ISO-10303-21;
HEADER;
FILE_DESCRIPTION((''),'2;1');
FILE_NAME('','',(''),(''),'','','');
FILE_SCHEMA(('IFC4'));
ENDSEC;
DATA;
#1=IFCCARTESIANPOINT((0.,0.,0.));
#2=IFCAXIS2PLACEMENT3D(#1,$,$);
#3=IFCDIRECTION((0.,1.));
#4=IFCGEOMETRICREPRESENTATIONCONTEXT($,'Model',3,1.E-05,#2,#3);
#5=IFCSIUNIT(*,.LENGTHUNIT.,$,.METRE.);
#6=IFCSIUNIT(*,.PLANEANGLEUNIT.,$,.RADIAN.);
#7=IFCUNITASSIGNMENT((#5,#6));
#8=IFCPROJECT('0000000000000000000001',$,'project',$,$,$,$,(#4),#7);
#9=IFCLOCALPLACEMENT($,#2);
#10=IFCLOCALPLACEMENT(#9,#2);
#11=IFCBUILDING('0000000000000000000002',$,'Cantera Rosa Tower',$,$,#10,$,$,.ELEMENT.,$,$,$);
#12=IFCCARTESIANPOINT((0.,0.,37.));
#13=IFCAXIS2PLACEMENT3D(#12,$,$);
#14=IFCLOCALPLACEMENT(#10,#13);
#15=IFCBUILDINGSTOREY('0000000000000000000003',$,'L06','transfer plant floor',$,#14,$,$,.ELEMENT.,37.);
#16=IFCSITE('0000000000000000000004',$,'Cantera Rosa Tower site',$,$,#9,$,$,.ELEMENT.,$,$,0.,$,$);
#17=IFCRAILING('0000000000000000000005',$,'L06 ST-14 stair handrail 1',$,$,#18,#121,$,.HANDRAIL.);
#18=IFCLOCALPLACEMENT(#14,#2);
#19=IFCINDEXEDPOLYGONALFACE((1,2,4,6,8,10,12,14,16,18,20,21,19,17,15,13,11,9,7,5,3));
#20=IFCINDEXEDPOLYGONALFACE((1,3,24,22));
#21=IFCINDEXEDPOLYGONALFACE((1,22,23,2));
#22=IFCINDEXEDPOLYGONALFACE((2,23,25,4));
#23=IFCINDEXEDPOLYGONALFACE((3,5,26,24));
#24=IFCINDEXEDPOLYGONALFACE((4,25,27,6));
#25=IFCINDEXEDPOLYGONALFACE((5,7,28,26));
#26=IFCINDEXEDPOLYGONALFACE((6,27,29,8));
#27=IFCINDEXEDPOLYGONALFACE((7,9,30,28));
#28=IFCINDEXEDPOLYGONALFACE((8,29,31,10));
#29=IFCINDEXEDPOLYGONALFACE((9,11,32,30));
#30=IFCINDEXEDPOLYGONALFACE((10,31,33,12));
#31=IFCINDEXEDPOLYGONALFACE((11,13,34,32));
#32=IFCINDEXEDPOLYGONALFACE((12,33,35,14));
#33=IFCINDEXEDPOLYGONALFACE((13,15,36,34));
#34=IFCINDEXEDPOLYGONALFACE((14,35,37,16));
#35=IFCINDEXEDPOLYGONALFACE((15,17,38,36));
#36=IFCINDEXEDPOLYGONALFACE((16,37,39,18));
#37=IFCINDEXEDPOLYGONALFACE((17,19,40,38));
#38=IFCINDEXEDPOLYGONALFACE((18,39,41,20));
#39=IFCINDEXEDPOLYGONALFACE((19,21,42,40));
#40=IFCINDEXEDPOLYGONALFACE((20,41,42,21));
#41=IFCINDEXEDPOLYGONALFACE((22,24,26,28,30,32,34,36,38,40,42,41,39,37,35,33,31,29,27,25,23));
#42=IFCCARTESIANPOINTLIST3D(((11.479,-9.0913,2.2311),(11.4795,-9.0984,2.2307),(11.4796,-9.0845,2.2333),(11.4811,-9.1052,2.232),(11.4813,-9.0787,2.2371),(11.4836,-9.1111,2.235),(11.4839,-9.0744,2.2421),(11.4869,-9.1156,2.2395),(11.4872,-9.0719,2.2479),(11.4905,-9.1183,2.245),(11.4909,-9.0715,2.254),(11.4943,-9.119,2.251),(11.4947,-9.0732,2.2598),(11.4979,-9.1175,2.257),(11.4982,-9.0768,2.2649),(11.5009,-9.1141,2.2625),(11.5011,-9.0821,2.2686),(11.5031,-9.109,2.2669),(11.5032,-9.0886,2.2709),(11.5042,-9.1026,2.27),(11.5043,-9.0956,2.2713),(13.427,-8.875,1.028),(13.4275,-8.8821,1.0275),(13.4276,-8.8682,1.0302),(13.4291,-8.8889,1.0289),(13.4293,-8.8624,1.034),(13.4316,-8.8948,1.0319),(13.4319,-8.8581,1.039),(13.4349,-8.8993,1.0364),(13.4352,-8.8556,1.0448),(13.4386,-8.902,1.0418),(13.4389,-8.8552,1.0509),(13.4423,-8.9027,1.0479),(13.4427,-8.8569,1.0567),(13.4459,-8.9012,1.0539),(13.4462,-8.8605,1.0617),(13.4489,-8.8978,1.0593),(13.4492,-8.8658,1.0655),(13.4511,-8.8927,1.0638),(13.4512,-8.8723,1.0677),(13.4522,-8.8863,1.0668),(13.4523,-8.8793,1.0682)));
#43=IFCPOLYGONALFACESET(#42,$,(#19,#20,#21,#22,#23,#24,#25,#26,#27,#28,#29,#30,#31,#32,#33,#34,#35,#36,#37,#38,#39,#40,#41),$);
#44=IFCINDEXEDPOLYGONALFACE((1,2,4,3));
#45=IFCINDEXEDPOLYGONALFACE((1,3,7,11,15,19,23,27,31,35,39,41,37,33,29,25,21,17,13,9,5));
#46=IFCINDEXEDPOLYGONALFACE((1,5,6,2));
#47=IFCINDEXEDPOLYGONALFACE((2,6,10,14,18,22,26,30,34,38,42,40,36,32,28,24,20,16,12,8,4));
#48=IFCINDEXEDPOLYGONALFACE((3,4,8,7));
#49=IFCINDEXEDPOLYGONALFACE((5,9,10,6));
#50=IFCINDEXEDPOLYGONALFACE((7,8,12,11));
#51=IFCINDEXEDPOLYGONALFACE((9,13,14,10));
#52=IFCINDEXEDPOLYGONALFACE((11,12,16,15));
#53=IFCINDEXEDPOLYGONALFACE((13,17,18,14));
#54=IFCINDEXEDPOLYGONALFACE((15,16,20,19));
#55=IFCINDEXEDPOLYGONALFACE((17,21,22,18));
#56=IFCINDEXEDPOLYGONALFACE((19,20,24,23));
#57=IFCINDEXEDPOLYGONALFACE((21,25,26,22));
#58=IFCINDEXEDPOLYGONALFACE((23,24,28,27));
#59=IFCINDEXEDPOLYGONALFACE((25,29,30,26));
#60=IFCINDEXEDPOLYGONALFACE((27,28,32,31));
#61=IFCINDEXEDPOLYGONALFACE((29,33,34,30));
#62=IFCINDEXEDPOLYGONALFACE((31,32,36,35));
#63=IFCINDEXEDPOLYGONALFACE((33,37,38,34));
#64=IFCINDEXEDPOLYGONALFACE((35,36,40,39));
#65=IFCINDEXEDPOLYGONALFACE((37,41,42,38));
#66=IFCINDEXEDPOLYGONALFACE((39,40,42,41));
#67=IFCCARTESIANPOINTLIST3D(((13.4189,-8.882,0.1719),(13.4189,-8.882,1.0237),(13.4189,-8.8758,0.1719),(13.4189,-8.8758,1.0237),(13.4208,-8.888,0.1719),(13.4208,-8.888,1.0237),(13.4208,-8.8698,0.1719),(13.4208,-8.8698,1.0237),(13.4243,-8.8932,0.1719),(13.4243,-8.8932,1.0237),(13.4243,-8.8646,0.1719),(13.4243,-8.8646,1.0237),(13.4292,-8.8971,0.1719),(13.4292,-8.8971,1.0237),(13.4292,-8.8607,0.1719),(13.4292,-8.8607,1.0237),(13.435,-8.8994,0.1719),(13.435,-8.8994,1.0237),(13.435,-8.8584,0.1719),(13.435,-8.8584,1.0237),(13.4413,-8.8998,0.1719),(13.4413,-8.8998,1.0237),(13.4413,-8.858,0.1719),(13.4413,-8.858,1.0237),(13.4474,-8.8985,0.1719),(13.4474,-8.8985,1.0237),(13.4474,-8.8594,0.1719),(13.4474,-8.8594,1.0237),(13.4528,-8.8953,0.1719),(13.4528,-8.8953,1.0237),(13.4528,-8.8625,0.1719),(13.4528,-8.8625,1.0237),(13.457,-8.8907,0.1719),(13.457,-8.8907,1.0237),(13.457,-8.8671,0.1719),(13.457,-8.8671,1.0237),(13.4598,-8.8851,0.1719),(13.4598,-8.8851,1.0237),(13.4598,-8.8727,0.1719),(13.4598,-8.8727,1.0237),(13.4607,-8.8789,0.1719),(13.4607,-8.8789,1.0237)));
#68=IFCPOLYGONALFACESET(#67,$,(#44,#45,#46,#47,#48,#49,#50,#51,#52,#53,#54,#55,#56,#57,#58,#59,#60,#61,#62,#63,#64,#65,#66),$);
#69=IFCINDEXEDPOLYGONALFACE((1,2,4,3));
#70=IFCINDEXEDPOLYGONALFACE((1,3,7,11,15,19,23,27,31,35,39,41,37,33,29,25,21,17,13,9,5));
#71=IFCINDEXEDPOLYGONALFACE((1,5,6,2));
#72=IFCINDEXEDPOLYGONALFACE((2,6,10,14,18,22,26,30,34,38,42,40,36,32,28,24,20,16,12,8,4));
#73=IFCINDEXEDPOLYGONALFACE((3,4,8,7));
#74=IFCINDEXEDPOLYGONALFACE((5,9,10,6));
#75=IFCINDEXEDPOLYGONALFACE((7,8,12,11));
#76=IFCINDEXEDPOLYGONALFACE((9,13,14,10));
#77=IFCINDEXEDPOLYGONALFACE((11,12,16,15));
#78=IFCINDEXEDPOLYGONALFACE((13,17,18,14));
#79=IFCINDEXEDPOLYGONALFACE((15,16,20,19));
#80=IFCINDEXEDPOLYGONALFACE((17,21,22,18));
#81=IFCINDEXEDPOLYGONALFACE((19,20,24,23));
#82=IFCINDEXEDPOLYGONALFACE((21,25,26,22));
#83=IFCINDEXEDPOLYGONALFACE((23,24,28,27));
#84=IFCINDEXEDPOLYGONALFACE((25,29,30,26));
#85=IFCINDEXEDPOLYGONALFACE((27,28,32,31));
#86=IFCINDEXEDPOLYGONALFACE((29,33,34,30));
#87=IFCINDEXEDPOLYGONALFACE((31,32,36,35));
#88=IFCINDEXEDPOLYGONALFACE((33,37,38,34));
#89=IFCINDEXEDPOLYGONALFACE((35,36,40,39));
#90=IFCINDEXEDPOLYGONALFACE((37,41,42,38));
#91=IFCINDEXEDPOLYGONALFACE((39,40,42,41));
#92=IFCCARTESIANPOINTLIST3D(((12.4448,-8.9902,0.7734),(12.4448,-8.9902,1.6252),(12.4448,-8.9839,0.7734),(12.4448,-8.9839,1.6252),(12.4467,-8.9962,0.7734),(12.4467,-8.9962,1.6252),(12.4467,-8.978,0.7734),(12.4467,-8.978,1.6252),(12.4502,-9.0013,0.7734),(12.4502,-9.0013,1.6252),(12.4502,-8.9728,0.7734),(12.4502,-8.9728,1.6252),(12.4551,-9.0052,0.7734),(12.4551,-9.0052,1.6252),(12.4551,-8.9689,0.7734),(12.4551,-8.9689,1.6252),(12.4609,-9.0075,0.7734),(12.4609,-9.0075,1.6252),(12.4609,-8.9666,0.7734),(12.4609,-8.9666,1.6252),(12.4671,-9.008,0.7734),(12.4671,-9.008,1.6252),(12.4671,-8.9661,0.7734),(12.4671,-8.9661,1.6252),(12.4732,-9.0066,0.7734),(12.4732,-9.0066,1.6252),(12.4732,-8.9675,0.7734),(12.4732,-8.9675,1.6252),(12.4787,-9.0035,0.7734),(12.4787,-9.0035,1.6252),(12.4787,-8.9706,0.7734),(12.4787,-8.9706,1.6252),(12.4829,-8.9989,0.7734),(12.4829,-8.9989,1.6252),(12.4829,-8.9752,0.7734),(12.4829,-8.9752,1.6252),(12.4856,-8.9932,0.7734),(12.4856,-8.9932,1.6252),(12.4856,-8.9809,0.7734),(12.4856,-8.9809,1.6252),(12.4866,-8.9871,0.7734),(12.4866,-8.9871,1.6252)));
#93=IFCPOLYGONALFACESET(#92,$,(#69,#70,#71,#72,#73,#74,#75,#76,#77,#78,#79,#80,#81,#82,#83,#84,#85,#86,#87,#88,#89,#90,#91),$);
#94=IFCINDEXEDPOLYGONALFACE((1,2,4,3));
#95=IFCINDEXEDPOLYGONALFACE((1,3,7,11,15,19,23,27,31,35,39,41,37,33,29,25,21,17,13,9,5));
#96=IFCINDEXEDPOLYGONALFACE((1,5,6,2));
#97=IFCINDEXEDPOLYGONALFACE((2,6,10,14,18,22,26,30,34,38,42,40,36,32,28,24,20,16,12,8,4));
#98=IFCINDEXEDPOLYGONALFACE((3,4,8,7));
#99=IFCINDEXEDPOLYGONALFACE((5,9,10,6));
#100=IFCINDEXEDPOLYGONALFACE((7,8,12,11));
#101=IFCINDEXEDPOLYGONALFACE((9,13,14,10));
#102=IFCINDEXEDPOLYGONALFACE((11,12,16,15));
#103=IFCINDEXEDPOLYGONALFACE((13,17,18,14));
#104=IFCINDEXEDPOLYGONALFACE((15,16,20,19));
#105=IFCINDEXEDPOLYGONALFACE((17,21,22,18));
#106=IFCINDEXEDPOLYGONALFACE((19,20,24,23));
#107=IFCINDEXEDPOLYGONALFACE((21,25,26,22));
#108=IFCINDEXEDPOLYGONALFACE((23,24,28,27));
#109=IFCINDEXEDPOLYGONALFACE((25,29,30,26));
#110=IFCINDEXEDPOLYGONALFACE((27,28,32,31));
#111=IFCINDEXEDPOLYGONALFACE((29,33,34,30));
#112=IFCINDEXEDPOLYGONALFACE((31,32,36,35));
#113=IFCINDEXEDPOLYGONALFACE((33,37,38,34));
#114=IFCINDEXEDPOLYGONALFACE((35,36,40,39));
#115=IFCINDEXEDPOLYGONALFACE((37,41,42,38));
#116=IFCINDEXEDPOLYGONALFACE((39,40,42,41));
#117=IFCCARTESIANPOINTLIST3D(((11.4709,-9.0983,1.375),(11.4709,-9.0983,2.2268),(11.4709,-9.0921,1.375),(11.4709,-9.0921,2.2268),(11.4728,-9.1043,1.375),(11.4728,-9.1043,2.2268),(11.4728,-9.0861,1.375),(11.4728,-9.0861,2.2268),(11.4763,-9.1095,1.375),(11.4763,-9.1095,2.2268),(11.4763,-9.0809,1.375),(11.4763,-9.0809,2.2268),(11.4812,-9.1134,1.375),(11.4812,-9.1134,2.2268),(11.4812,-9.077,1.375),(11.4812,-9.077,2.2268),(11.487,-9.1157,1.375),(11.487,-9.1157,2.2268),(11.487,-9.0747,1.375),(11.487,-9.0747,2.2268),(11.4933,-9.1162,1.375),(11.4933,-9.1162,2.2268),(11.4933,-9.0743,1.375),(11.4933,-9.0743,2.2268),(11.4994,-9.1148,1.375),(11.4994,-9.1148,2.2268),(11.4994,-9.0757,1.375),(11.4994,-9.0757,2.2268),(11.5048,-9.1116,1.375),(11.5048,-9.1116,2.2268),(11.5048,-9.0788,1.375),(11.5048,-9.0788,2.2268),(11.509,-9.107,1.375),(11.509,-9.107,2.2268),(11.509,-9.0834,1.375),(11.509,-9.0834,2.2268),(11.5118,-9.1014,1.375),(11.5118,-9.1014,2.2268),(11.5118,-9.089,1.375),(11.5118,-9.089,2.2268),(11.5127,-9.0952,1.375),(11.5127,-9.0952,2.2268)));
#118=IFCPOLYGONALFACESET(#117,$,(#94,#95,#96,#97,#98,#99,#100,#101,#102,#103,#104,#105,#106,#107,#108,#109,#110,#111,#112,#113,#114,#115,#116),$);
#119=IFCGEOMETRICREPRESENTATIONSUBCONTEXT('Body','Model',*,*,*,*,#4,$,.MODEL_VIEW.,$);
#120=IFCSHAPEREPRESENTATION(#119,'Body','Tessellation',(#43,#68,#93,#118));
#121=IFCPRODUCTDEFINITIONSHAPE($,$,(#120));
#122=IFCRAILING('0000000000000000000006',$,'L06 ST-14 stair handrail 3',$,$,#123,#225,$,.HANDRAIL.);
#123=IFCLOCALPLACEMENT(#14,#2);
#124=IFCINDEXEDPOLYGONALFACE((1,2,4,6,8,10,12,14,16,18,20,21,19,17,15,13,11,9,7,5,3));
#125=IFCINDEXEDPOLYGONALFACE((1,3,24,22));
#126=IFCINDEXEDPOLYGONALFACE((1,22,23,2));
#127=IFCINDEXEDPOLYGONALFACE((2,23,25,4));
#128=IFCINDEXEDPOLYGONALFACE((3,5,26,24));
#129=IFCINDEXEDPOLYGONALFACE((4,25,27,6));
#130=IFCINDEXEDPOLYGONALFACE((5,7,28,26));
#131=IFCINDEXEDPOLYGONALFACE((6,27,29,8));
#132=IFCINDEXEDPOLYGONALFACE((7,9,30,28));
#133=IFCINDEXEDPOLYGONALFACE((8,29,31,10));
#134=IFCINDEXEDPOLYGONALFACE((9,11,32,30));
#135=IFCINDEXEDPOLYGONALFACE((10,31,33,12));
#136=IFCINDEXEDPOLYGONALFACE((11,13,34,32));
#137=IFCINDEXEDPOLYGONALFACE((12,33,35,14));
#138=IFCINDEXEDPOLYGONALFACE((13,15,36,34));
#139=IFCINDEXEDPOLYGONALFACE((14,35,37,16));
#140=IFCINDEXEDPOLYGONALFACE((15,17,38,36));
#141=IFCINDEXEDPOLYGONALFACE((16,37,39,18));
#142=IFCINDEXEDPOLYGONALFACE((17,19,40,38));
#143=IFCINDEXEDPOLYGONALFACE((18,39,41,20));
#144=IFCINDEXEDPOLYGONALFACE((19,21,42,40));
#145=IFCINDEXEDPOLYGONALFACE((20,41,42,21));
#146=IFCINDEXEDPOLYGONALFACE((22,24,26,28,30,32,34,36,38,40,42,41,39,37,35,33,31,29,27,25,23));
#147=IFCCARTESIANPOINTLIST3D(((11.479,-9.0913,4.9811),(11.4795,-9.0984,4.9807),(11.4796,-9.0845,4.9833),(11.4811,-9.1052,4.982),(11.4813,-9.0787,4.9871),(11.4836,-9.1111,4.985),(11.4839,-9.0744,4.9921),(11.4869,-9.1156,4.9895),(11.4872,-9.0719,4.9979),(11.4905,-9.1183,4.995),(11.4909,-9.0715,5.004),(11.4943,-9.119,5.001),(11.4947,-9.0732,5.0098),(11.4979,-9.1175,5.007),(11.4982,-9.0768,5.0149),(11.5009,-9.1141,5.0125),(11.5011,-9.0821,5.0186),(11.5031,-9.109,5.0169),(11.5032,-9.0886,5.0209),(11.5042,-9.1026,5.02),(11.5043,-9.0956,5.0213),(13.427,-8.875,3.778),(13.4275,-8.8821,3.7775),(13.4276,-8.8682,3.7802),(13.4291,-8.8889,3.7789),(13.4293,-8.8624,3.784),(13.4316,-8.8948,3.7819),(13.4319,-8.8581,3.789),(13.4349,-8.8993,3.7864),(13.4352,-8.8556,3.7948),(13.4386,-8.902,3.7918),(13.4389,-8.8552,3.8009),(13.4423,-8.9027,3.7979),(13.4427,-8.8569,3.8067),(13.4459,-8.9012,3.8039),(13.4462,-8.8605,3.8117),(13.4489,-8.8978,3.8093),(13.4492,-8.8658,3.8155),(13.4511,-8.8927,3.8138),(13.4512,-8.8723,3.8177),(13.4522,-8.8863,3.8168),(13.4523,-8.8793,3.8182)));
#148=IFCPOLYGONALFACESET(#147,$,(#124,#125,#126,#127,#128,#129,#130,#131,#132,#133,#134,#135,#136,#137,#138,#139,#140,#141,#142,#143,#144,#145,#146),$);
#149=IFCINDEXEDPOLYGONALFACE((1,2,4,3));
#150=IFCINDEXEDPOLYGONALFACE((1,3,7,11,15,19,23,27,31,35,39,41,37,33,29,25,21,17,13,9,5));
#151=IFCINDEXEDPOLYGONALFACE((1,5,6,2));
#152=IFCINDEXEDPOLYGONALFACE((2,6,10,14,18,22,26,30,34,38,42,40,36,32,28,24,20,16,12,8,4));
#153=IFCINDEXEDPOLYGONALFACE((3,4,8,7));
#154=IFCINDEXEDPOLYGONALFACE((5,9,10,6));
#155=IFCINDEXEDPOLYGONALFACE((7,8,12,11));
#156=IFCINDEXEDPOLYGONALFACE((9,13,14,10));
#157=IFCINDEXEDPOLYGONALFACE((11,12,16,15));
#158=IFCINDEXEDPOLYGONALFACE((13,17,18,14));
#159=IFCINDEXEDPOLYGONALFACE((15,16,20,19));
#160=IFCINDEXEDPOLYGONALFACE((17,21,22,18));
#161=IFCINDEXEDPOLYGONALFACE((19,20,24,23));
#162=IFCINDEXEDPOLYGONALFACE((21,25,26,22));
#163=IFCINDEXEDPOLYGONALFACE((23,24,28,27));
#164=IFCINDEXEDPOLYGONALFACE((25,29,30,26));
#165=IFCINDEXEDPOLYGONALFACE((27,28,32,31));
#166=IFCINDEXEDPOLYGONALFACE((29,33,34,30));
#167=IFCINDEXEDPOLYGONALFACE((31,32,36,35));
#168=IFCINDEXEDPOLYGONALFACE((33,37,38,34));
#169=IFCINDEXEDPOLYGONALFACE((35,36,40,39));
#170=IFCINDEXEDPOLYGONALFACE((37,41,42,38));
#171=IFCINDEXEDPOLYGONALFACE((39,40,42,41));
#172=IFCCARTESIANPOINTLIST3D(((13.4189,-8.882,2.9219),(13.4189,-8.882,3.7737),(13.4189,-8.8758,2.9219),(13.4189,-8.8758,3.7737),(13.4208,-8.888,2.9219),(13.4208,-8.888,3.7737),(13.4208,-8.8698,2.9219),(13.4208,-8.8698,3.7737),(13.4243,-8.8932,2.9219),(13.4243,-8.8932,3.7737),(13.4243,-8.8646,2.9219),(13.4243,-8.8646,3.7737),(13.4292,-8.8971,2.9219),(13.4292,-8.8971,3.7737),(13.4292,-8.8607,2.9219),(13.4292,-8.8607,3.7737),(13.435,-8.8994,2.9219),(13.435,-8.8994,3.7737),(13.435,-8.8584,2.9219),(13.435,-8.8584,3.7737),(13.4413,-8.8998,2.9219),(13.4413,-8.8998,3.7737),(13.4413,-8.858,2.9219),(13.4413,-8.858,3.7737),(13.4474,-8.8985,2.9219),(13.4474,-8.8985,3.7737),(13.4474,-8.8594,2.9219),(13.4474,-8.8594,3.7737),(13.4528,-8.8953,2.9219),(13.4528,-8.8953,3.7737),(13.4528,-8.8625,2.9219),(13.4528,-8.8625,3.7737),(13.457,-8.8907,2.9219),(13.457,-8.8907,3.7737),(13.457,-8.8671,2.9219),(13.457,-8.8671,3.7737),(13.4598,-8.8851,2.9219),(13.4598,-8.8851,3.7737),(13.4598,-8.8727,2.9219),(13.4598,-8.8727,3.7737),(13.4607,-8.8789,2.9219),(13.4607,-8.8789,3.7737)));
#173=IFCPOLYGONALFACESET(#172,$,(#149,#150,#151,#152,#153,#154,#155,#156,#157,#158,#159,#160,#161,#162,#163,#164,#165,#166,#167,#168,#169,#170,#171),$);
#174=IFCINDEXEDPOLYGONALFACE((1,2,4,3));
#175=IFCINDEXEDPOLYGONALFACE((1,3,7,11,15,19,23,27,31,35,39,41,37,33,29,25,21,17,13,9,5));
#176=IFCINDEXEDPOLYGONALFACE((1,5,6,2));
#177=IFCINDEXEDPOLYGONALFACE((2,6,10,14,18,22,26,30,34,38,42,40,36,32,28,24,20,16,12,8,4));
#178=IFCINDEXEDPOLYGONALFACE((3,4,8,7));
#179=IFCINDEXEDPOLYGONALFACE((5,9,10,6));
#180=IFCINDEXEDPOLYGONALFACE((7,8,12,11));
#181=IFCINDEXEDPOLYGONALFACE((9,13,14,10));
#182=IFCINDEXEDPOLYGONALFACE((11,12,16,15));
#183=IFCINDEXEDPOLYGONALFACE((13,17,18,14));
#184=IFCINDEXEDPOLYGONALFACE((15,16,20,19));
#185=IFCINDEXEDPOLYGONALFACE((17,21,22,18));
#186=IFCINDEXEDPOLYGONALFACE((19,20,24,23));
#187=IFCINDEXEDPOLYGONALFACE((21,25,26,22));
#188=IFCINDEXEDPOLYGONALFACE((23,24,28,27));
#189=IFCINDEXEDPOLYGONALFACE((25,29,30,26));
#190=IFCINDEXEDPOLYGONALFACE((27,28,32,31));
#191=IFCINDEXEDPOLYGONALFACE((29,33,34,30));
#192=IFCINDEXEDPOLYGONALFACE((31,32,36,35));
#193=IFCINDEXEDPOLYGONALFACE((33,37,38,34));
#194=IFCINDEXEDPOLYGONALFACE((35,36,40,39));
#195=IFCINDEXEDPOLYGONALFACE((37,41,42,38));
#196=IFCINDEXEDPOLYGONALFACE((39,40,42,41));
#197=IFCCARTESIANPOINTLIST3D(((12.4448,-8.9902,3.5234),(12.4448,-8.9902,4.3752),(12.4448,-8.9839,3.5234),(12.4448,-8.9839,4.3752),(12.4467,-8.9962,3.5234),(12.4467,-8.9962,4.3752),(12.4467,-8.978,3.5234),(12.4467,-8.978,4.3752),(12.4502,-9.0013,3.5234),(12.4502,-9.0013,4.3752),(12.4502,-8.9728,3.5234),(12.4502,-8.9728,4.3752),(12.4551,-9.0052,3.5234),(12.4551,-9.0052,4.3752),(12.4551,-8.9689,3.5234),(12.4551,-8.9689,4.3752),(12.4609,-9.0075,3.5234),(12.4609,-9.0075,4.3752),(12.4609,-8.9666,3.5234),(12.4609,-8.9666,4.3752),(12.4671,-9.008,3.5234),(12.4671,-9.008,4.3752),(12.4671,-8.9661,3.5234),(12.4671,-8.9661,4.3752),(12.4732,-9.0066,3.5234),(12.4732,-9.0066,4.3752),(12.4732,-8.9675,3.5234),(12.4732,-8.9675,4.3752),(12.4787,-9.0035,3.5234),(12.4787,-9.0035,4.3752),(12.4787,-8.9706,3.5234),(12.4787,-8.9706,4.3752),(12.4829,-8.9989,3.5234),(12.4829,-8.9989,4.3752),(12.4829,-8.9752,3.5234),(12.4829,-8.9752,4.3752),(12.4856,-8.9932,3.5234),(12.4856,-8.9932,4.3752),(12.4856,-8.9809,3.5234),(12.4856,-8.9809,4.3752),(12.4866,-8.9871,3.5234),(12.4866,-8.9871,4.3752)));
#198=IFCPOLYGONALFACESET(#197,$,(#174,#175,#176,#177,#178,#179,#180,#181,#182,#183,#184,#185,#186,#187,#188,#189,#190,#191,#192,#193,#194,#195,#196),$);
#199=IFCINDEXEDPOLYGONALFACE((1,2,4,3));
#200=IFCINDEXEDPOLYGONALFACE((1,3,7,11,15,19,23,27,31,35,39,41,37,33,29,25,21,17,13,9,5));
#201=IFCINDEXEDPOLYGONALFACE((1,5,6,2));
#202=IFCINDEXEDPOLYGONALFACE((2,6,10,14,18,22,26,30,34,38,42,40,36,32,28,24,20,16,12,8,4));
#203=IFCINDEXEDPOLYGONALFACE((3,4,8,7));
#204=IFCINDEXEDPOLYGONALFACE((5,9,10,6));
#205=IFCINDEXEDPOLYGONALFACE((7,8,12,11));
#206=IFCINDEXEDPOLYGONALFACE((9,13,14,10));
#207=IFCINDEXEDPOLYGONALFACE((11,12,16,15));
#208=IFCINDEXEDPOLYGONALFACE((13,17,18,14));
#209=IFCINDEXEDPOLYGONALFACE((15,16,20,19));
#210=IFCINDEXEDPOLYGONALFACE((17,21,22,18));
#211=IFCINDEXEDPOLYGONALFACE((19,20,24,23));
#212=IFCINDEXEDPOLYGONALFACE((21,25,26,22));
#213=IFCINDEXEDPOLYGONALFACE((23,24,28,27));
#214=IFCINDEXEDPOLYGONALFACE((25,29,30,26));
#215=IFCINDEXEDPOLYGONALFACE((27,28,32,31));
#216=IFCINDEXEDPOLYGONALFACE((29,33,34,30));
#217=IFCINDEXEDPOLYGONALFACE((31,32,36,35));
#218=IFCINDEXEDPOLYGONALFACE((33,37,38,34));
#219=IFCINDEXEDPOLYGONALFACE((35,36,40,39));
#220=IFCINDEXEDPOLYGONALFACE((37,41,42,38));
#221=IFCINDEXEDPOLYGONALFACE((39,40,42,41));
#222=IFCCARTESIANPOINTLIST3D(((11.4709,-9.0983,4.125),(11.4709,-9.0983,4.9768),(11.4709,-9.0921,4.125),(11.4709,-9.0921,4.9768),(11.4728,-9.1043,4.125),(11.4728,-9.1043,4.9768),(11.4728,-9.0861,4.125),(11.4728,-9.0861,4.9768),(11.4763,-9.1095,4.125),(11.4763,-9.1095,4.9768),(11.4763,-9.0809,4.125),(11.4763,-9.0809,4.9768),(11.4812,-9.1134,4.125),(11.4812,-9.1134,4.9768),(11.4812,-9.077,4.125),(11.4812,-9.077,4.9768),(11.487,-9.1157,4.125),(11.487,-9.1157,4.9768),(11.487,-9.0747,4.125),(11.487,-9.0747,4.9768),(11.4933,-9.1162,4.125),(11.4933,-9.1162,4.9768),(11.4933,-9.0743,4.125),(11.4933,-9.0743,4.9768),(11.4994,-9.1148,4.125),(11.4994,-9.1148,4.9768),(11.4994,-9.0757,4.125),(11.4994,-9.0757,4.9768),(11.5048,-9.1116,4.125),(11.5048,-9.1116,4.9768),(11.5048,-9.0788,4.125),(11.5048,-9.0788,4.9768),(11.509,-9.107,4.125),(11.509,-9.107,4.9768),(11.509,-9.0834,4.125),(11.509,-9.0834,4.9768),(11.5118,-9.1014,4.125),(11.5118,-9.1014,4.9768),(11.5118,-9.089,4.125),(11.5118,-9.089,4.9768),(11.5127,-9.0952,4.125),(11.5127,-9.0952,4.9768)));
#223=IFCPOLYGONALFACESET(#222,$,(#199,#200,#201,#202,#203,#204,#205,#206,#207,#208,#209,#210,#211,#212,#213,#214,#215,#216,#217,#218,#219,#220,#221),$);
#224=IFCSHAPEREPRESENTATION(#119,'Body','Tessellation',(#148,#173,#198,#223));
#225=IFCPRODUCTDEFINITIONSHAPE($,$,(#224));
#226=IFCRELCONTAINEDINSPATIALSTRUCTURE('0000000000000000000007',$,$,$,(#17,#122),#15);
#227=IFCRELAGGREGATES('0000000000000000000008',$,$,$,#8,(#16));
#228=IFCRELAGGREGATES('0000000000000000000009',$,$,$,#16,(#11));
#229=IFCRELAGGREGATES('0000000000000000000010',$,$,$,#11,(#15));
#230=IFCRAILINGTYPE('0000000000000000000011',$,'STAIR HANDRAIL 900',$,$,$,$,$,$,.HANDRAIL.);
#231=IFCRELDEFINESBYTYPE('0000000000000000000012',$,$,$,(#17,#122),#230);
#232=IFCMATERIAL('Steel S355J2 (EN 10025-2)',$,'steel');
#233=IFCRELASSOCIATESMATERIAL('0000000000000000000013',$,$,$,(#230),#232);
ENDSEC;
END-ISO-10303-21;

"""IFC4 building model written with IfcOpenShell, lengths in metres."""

from ifc_helpers import new_model, si_unit, direction, frame, origin, origin_2d, place, context, subcontext, project, spatial, circle, extrude, material, type_object, element, save


model = new_model("IFC4")

# Units and contexts
model_context = context("Model", 3, precision=1e-05, world=origin(), true_north=direction((0.0, 1.0)))
body_context = subcontext(model_context, "Body", "Model", "MODEL_VIEW")
ifc_project = project(units=[si_unit("LENGTHUNIT", "METRE"), si_unit("PLANEANGLEUNIT", "RADIAN")], contexts=[model_context])

# Site, building, storey
site_placement = place(None, origin())
site = spatial("IfcSite", under=ifc_project, at=site_placement, Name="Cantera Rosa Tower site", CompositionType="ELEMENT", RefElevation=0.0)
building_placement = place(site_placement, origin())
building = spatial("IfcBuilding", under=site, at=building_placement, Name="Cantera Rosa Tower", CompositionType="ELEMENT")
storey_placement = place(building_placement, frame((0.0, 0.0, 37.0)))
storey = spatial("IfcBuildingStorey", under=building, at=storey_placement, Name="L06", Description="transfer plant floor", CompositionType="ELEMENT", Elevation=37.0)

# Railings
ifc_material_1 = material(Name="Steel S355J2 (EN 10025-2)", Category="steel")
railing_type_1 = type_object("IfcRailingType", Name="STAIR HANDRAIL 900", PredefinedType="HANDRAIL", material=ifc_material_1)
for number, where, name in (
    (1, (13.4397, -8.8789, 0.1719), "L06 ST-14 stair handrail 1"),
    (2, (13.4397, -8.8789, 2.9219), "L06 ST-14 stair handrail 3"),
):
    element("IfcRailing", number, at=place(storey_placement, frame(where)), inside=storey, type_object=railing_type_1, Name=name, PredefinedType="HANDRAIL", context=body_context, shape_type="SweptSolid", body=[
        extrude(circle(Radius=0.0239, at=origin_2d()), frame((0.0, 0.0, 0.876), z_axis=(-0.847036, -0.094056, 0.523147), x_axis=(0.110363, -0.993891, 0.0)), (0.0, 0.0, 1.0), 2.2998),
        extrude(circle(Radius=0.021, at=origin_2d()), origin(), (0.0, 0.0, 1.0), 0.8518),
        extrude(circle(Radius=0.021, at=origin_2d()), frame((-0.9741, -0.1082, 0.6016)), (0.0, 0.0, 1.0), 0.8518),
        extrude(circle(Radius=0.021, at=origin_2d()), frame((-1.948, -0.2163, 1.2031)), (0.0, 0.0, 1.0), 0.8518),
    ])

save(model, "model.ifc")
